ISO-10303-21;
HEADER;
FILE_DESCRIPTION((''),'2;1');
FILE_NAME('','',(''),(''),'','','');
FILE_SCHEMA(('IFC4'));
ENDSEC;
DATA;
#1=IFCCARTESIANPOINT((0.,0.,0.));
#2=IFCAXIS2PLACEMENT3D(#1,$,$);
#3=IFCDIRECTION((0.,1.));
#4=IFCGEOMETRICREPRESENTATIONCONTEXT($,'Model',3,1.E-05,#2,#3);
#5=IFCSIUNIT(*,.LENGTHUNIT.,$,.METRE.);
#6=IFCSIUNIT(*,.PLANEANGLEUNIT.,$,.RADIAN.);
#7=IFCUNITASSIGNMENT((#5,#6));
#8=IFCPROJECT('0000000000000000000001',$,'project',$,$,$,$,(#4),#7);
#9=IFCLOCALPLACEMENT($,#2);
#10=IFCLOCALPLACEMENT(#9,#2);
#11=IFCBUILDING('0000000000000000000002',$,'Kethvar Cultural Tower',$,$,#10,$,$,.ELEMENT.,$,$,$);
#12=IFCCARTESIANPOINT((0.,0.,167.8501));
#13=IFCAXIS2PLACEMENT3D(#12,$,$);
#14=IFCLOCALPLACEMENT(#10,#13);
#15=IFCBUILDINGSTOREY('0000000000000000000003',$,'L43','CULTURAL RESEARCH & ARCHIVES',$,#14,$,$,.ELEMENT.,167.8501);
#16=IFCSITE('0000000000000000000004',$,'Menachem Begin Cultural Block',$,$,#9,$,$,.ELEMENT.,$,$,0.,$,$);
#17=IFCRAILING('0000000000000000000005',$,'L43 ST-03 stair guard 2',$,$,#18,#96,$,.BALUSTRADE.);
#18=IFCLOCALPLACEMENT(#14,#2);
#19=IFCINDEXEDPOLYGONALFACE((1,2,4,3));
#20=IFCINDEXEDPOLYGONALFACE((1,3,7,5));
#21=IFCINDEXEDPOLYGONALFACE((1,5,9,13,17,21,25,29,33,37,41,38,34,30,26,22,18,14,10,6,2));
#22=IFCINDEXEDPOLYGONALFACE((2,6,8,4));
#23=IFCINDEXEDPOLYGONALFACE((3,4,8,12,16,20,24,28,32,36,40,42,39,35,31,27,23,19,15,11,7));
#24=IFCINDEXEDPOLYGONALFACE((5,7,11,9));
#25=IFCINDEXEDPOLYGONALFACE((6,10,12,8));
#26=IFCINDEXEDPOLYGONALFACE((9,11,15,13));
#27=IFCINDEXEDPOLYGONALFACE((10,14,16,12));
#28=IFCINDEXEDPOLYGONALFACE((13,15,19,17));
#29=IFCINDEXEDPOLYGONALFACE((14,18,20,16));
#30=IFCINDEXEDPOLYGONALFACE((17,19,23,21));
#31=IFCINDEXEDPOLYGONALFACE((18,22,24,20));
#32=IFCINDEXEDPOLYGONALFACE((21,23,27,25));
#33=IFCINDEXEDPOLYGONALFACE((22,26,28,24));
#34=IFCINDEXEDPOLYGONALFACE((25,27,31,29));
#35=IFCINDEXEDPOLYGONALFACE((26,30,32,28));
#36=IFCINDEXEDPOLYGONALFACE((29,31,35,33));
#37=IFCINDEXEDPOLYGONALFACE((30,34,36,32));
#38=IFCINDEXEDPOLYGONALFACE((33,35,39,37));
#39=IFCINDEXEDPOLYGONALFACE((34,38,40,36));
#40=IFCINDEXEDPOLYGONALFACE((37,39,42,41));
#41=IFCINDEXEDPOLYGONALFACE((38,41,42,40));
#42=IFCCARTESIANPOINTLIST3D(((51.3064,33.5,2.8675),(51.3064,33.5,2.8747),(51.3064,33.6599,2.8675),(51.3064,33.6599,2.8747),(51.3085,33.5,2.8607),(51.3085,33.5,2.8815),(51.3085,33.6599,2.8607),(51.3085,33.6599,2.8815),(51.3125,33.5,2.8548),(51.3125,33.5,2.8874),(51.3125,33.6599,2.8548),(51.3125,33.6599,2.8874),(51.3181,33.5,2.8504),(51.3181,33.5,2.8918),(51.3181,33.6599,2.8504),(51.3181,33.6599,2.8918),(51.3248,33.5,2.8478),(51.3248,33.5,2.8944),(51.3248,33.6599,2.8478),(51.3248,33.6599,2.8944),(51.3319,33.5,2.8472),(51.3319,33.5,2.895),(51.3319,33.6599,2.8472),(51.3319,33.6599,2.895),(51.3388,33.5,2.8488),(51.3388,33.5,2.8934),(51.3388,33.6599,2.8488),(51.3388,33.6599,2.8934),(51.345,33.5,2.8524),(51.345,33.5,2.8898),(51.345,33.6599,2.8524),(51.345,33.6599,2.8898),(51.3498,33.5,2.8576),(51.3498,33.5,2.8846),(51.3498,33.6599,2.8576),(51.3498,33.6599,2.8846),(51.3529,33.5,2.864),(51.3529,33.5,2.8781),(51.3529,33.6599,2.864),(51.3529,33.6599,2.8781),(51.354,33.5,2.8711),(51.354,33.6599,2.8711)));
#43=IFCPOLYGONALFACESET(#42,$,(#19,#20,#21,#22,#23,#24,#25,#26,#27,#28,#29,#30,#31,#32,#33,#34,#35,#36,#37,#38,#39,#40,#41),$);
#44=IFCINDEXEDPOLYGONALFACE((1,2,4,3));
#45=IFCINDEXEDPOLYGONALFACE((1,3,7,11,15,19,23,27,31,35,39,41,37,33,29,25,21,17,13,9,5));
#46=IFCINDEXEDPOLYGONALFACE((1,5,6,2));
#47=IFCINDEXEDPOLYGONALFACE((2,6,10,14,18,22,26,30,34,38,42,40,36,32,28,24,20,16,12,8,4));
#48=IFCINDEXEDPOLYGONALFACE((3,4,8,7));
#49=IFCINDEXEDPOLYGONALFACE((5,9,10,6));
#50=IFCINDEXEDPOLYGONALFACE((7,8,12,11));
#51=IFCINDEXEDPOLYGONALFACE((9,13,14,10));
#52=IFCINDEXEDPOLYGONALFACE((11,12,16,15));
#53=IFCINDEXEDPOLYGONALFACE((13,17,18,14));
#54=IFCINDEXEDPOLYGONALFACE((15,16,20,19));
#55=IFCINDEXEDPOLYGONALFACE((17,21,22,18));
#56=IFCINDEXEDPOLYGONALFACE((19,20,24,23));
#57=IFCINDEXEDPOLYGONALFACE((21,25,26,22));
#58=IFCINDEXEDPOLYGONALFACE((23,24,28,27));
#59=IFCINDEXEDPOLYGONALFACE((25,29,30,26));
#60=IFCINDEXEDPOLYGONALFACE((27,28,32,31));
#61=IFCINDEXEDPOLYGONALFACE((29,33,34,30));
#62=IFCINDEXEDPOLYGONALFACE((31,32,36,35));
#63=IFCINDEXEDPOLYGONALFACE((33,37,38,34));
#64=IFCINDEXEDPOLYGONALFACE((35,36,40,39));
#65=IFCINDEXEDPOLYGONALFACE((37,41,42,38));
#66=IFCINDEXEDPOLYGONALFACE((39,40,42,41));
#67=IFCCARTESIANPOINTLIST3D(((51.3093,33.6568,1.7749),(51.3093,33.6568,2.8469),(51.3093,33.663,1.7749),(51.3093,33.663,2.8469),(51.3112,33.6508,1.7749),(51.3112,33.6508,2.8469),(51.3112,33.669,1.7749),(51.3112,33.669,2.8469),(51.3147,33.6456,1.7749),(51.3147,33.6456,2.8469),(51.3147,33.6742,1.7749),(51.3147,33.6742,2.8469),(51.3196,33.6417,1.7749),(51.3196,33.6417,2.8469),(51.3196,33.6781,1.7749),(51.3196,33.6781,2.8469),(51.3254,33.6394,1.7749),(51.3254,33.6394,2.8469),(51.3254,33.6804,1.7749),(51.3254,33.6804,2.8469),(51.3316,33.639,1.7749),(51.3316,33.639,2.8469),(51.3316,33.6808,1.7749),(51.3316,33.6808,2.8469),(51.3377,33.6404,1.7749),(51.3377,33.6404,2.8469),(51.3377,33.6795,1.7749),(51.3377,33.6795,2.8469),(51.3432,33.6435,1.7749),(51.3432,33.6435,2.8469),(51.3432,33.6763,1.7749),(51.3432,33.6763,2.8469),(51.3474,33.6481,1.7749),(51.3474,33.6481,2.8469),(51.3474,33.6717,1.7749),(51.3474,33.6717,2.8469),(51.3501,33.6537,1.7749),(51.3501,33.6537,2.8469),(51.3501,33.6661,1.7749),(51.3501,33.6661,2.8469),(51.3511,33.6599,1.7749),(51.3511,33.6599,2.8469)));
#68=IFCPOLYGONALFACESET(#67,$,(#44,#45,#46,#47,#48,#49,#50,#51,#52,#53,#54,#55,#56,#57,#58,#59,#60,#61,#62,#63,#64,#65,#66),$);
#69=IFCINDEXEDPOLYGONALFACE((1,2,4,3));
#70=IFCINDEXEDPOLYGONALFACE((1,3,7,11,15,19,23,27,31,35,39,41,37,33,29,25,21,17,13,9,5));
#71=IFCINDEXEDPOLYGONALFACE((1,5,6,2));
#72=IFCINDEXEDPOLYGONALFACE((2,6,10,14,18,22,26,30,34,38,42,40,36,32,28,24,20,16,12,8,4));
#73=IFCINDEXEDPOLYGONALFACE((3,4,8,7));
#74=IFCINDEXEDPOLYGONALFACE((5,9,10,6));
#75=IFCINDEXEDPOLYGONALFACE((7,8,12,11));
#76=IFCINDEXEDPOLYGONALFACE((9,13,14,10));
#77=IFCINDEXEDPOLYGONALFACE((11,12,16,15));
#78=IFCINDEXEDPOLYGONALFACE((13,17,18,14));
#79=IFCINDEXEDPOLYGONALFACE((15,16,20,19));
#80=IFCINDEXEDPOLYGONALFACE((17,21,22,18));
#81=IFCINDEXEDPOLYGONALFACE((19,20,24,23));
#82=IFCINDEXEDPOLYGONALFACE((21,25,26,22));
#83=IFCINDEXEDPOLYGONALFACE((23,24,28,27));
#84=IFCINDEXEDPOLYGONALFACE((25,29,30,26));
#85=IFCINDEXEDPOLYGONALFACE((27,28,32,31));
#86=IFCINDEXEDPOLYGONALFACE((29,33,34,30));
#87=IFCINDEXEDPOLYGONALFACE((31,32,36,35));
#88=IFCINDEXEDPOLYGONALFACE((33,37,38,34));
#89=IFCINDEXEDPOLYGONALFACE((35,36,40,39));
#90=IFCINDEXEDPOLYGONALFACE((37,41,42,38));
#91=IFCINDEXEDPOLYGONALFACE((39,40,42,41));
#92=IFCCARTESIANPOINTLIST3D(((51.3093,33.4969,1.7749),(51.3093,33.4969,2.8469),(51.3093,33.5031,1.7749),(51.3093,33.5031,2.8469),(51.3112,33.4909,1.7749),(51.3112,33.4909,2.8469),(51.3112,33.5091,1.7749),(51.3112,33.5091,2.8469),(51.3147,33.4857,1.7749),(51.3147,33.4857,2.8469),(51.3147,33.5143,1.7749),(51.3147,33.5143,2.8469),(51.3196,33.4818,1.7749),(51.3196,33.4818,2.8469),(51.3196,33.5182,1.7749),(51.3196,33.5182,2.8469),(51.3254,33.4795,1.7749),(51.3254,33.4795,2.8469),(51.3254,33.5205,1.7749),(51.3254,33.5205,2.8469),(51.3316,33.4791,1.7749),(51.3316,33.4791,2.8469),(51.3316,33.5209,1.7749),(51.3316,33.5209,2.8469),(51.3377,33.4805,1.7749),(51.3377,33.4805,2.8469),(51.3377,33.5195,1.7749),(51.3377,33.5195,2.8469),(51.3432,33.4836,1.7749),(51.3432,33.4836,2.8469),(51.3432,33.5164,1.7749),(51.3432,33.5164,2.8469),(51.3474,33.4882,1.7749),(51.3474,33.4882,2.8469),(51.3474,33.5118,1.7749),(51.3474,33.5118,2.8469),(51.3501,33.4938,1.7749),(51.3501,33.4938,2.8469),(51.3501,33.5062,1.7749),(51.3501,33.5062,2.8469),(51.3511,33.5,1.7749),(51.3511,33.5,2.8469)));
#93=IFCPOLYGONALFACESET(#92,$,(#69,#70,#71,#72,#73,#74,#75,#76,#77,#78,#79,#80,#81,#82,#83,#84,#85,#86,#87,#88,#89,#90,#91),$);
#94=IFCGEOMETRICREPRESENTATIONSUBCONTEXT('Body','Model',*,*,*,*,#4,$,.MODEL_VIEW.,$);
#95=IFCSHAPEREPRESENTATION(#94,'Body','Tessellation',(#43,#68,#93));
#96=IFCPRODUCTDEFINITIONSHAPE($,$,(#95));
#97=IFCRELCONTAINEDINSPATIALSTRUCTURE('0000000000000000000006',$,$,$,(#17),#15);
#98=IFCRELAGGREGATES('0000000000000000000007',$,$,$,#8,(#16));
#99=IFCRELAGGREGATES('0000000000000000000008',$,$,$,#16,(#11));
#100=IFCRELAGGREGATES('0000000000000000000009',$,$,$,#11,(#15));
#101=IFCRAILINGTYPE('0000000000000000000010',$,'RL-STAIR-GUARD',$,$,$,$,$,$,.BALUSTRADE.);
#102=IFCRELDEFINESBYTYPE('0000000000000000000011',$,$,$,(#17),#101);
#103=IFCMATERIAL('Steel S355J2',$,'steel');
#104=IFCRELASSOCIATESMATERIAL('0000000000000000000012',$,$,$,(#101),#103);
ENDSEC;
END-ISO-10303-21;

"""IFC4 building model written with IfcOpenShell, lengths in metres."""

from ifc_helpers import new_model, si_unit, direction, frame, origin, origin_2d, place, context, subcontext, project, spatial, circle, extrude, material, type_object, element, save


model = new_model("IFC4")

# Units and contexts
model_context = context("Model", 3, precision=1e-05, world=origin(), true_north=direction((0.0, 1.0)))
body_context = subcontext(model_context, "Body", "Model", "MODEL_VIEW")
ifc_project = project(units=[si_unit("LENGTHUNIT", "METRE"), si_unit("PLANEANGLEUNIT", "RADIAN")], contexts=[model_context])

# Site, building, storey
site_placement = place(None, origin())
site = spatial("IfcSite", under=ifc_project, at=site_placement, Name="Menachem Begin Cultural Block", CompositionType="ELEMENT", RefElevation=0.0)
building_placement = place(site_placement, origin())
building = spatial("IfcBuilding", under=site, at=building_placement, Name="Kethvar Cultural Tower", CompositionType="ELEMENT")
storey_placement = place(building_placement, frame((0.0, 0.0, 167.8501)))
storey = spatial("IfcBuildingStorey", under=building, at=storey_placement, Name="L43", Description="CULTURAL RESEARCH & ARCHIVES", CompositionType="ELEMENT", Elevation=167.8501)

# Shared definitions
ifc_material_1 = material(Name="Steel S355J2", Category="steel")

# Railing
railing_type_1 = type_object("IfcRailingType", Name="RL-STAIR-GUARD", PredefinedType="BALUSTRADE", material=ifc_material_1)
railing_1_placement = place(storey_placement, frame((51.3301, 33.6599, 1.7749)))
element("IfcRailing", 1, at=railing_1_placement, inside=storey, type_object=railing_type_1, Name="L43 ST-03 stair guard 2", PredefinedType="BALUSTRADE", context=body_context, shape_type="SweptSolid", body=[
    extrude(circle(Radius=0.0239, at=origin_2d()), frame((0.0, 0.0, 1.0962), z_axis=(0.0, -1.0, 0.0), x_axis=(1.0, 0.0, 0.0)), (0.0, 0.0, 1.0), 0.1599),
    extrude(circle(Radius=0.021, at=origin_2d()), origin(), (0.0, 0.0, 1.0), 1.072),
    extrude(circle(Radius=0.021, at=origin_2d()), frame((0.0, -0.1599, 0.0)), (0.0, 0.0, 1.0), 1.072),
])

save(model, "model.ifc")
